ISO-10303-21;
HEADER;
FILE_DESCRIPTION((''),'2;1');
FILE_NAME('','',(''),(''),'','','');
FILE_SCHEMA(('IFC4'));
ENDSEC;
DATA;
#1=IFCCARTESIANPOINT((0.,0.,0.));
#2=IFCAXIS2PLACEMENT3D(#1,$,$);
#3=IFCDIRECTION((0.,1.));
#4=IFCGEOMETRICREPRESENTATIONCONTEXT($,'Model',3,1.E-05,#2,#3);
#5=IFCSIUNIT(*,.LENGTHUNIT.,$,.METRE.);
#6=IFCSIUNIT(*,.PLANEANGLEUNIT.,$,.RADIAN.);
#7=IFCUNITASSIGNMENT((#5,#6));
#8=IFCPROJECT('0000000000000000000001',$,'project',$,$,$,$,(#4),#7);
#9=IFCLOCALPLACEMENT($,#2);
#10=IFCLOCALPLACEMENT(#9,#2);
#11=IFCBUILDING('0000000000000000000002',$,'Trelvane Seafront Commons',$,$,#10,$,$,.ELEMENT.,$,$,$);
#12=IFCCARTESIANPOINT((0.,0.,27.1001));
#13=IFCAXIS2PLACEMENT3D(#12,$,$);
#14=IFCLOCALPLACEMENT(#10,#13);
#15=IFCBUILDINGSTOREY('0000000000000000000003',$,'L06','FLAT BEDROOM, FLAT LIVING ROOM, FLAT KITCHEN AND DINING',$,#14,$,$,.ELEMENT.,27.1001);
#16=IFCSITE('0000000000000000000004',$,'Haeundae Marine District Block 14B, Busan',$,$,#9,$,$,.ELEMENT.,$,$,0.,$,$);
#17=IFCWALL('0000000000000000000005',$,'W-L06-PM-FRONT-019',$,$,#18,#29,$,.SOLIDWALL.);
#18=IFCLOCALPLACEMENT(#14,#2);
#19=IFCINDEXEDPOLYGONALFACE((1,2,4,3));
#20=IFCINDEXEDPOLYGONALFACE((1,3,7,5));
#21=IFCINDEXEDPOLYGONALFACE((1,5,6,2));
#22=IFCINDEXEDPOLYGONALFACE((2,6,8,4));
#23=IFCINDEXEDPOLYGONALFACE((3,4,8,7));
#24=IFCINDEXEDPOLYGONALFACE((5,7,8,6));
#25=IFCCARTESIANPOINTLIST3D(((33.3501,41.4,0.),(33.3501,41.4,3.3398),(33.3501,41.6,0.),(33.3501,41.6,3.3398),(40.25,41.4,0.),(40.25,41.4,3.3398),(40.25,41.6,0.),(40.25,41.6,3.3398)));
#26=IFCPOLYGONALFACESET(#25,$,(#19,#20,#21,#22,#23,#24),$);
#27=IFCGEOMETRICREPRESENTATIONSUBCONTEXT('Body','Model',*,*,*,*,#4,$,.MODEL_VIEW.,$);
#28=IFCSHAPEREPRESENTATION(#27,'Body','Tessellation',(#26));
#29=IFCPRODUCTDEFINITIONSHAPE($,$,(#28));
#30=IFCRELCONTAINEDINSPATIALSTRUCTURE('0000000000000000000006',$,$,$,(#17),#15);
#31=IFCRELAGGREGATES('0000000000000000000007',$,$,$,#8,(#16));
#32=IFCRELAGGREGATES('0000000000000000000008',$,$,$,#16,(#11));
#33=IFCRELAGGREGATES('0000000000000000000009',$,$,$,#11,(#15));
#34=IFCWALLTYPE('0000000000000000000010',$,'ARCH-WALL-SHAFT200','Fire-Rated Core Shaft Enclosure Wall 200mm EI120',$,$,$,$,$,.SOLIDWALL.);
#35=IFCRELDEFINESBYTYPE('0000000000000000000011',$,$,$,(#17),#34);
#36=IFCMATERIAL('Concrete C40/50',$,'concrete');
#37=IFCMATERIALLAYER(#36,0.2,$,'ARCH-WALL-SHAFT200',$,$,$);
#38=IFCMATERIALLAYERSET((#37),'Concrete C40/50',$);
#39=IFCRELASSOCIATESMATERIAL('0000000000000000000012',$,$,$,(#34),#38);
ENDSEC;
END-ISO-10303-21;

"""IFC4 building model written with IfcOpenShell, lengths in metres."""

from ifc_helpers import new_model, si_unit, direction, frame, frame_2d, origin, place, context, subcontext, project, spatial, rectangle, extrude, material, layer, layer_set, type_object, element, save


model = new_model("IFC4")

# Units and contexts
model_context = context("Model", 3, precision=1e-05, world=origin(), true_north=direction((0.0, 1.0)))
body_context = subcontext(model_context, "Body", "Model", "MODEL_VIEW")
ifc_project = project(units=[si_unit("LENGTHUNIT", "METRE"), si_unit("PLANEANGLEUNIT", "RADIAN")], contexts=[model_context])

# Site, building, storey
site_placement = place(None, origin())
site = spatial("IfcSite", under=ifc_project, at=site_placement, Name="Haeundae Marine District Block 14B, Busan", CompositionType="ELEMENT", RefElevation=0.0)
building_placement = place(site_placement, origin())
building = spatial("IfcBuilding", under=site, at=building_placement, Name="Trelvane Seafront Commons", CompositionType="ELEMENT")
storey_placement = place(building_placement, frame((0.0, 0.0, 27.1001)))
storey = spatial("IfcBuildingStorey", under=building, at=storey_placement, Name="L06", Description="FLAT BEDROOM, FLAT LIVING ROOM, FLAT KITCHEN AND DINING", CompositionType="ELEMENT", Elevation=27.1001)

# Shared definitions
ifc_material_1 = material(Name="Concrete C40/50", Category="concrete")

# Shared definitions
ifc_layer_1 = layer(ifc_material_1, 0.2, Name="ARCH-WALL-SHAFT200")
ifc_layer_set_1 = layer_set([ifc_layer_1], Name="Concrete C40/50")
wall_type_1 = type_object("IfcWallType", Name="ARCH-WALL-SHAFT200", Description="Fire-Rated Core Shaft Enclosure Wall 200mm EI120", PredefinedType="SOLIDWALL", material=ifc_layer_set_1)

# Wall
wall_1_placement = place(storey_placement, frame((33.3501, 41.5, 0.0), z_axis=(0.0, 0.0, 1.0), x_axis=(1.0, 0.0, 0.0)))
element("IfcWall", 1, at=wall_1_placement, inside=storey, type_object=wall_type_1, Name="W-L06-PM-FRONT-019", PredefinedType="SOLIDWALL", context=body_context, shape_type="SweptSolid", body=[
    extrude(rectangle(XDim=6.8999, YDim=0.2, at=frame_2d((3.45, 0.0))), origin(), (0.0, 0.0, 1.0), 3.3398),
])

save(model, "model.ifc")
